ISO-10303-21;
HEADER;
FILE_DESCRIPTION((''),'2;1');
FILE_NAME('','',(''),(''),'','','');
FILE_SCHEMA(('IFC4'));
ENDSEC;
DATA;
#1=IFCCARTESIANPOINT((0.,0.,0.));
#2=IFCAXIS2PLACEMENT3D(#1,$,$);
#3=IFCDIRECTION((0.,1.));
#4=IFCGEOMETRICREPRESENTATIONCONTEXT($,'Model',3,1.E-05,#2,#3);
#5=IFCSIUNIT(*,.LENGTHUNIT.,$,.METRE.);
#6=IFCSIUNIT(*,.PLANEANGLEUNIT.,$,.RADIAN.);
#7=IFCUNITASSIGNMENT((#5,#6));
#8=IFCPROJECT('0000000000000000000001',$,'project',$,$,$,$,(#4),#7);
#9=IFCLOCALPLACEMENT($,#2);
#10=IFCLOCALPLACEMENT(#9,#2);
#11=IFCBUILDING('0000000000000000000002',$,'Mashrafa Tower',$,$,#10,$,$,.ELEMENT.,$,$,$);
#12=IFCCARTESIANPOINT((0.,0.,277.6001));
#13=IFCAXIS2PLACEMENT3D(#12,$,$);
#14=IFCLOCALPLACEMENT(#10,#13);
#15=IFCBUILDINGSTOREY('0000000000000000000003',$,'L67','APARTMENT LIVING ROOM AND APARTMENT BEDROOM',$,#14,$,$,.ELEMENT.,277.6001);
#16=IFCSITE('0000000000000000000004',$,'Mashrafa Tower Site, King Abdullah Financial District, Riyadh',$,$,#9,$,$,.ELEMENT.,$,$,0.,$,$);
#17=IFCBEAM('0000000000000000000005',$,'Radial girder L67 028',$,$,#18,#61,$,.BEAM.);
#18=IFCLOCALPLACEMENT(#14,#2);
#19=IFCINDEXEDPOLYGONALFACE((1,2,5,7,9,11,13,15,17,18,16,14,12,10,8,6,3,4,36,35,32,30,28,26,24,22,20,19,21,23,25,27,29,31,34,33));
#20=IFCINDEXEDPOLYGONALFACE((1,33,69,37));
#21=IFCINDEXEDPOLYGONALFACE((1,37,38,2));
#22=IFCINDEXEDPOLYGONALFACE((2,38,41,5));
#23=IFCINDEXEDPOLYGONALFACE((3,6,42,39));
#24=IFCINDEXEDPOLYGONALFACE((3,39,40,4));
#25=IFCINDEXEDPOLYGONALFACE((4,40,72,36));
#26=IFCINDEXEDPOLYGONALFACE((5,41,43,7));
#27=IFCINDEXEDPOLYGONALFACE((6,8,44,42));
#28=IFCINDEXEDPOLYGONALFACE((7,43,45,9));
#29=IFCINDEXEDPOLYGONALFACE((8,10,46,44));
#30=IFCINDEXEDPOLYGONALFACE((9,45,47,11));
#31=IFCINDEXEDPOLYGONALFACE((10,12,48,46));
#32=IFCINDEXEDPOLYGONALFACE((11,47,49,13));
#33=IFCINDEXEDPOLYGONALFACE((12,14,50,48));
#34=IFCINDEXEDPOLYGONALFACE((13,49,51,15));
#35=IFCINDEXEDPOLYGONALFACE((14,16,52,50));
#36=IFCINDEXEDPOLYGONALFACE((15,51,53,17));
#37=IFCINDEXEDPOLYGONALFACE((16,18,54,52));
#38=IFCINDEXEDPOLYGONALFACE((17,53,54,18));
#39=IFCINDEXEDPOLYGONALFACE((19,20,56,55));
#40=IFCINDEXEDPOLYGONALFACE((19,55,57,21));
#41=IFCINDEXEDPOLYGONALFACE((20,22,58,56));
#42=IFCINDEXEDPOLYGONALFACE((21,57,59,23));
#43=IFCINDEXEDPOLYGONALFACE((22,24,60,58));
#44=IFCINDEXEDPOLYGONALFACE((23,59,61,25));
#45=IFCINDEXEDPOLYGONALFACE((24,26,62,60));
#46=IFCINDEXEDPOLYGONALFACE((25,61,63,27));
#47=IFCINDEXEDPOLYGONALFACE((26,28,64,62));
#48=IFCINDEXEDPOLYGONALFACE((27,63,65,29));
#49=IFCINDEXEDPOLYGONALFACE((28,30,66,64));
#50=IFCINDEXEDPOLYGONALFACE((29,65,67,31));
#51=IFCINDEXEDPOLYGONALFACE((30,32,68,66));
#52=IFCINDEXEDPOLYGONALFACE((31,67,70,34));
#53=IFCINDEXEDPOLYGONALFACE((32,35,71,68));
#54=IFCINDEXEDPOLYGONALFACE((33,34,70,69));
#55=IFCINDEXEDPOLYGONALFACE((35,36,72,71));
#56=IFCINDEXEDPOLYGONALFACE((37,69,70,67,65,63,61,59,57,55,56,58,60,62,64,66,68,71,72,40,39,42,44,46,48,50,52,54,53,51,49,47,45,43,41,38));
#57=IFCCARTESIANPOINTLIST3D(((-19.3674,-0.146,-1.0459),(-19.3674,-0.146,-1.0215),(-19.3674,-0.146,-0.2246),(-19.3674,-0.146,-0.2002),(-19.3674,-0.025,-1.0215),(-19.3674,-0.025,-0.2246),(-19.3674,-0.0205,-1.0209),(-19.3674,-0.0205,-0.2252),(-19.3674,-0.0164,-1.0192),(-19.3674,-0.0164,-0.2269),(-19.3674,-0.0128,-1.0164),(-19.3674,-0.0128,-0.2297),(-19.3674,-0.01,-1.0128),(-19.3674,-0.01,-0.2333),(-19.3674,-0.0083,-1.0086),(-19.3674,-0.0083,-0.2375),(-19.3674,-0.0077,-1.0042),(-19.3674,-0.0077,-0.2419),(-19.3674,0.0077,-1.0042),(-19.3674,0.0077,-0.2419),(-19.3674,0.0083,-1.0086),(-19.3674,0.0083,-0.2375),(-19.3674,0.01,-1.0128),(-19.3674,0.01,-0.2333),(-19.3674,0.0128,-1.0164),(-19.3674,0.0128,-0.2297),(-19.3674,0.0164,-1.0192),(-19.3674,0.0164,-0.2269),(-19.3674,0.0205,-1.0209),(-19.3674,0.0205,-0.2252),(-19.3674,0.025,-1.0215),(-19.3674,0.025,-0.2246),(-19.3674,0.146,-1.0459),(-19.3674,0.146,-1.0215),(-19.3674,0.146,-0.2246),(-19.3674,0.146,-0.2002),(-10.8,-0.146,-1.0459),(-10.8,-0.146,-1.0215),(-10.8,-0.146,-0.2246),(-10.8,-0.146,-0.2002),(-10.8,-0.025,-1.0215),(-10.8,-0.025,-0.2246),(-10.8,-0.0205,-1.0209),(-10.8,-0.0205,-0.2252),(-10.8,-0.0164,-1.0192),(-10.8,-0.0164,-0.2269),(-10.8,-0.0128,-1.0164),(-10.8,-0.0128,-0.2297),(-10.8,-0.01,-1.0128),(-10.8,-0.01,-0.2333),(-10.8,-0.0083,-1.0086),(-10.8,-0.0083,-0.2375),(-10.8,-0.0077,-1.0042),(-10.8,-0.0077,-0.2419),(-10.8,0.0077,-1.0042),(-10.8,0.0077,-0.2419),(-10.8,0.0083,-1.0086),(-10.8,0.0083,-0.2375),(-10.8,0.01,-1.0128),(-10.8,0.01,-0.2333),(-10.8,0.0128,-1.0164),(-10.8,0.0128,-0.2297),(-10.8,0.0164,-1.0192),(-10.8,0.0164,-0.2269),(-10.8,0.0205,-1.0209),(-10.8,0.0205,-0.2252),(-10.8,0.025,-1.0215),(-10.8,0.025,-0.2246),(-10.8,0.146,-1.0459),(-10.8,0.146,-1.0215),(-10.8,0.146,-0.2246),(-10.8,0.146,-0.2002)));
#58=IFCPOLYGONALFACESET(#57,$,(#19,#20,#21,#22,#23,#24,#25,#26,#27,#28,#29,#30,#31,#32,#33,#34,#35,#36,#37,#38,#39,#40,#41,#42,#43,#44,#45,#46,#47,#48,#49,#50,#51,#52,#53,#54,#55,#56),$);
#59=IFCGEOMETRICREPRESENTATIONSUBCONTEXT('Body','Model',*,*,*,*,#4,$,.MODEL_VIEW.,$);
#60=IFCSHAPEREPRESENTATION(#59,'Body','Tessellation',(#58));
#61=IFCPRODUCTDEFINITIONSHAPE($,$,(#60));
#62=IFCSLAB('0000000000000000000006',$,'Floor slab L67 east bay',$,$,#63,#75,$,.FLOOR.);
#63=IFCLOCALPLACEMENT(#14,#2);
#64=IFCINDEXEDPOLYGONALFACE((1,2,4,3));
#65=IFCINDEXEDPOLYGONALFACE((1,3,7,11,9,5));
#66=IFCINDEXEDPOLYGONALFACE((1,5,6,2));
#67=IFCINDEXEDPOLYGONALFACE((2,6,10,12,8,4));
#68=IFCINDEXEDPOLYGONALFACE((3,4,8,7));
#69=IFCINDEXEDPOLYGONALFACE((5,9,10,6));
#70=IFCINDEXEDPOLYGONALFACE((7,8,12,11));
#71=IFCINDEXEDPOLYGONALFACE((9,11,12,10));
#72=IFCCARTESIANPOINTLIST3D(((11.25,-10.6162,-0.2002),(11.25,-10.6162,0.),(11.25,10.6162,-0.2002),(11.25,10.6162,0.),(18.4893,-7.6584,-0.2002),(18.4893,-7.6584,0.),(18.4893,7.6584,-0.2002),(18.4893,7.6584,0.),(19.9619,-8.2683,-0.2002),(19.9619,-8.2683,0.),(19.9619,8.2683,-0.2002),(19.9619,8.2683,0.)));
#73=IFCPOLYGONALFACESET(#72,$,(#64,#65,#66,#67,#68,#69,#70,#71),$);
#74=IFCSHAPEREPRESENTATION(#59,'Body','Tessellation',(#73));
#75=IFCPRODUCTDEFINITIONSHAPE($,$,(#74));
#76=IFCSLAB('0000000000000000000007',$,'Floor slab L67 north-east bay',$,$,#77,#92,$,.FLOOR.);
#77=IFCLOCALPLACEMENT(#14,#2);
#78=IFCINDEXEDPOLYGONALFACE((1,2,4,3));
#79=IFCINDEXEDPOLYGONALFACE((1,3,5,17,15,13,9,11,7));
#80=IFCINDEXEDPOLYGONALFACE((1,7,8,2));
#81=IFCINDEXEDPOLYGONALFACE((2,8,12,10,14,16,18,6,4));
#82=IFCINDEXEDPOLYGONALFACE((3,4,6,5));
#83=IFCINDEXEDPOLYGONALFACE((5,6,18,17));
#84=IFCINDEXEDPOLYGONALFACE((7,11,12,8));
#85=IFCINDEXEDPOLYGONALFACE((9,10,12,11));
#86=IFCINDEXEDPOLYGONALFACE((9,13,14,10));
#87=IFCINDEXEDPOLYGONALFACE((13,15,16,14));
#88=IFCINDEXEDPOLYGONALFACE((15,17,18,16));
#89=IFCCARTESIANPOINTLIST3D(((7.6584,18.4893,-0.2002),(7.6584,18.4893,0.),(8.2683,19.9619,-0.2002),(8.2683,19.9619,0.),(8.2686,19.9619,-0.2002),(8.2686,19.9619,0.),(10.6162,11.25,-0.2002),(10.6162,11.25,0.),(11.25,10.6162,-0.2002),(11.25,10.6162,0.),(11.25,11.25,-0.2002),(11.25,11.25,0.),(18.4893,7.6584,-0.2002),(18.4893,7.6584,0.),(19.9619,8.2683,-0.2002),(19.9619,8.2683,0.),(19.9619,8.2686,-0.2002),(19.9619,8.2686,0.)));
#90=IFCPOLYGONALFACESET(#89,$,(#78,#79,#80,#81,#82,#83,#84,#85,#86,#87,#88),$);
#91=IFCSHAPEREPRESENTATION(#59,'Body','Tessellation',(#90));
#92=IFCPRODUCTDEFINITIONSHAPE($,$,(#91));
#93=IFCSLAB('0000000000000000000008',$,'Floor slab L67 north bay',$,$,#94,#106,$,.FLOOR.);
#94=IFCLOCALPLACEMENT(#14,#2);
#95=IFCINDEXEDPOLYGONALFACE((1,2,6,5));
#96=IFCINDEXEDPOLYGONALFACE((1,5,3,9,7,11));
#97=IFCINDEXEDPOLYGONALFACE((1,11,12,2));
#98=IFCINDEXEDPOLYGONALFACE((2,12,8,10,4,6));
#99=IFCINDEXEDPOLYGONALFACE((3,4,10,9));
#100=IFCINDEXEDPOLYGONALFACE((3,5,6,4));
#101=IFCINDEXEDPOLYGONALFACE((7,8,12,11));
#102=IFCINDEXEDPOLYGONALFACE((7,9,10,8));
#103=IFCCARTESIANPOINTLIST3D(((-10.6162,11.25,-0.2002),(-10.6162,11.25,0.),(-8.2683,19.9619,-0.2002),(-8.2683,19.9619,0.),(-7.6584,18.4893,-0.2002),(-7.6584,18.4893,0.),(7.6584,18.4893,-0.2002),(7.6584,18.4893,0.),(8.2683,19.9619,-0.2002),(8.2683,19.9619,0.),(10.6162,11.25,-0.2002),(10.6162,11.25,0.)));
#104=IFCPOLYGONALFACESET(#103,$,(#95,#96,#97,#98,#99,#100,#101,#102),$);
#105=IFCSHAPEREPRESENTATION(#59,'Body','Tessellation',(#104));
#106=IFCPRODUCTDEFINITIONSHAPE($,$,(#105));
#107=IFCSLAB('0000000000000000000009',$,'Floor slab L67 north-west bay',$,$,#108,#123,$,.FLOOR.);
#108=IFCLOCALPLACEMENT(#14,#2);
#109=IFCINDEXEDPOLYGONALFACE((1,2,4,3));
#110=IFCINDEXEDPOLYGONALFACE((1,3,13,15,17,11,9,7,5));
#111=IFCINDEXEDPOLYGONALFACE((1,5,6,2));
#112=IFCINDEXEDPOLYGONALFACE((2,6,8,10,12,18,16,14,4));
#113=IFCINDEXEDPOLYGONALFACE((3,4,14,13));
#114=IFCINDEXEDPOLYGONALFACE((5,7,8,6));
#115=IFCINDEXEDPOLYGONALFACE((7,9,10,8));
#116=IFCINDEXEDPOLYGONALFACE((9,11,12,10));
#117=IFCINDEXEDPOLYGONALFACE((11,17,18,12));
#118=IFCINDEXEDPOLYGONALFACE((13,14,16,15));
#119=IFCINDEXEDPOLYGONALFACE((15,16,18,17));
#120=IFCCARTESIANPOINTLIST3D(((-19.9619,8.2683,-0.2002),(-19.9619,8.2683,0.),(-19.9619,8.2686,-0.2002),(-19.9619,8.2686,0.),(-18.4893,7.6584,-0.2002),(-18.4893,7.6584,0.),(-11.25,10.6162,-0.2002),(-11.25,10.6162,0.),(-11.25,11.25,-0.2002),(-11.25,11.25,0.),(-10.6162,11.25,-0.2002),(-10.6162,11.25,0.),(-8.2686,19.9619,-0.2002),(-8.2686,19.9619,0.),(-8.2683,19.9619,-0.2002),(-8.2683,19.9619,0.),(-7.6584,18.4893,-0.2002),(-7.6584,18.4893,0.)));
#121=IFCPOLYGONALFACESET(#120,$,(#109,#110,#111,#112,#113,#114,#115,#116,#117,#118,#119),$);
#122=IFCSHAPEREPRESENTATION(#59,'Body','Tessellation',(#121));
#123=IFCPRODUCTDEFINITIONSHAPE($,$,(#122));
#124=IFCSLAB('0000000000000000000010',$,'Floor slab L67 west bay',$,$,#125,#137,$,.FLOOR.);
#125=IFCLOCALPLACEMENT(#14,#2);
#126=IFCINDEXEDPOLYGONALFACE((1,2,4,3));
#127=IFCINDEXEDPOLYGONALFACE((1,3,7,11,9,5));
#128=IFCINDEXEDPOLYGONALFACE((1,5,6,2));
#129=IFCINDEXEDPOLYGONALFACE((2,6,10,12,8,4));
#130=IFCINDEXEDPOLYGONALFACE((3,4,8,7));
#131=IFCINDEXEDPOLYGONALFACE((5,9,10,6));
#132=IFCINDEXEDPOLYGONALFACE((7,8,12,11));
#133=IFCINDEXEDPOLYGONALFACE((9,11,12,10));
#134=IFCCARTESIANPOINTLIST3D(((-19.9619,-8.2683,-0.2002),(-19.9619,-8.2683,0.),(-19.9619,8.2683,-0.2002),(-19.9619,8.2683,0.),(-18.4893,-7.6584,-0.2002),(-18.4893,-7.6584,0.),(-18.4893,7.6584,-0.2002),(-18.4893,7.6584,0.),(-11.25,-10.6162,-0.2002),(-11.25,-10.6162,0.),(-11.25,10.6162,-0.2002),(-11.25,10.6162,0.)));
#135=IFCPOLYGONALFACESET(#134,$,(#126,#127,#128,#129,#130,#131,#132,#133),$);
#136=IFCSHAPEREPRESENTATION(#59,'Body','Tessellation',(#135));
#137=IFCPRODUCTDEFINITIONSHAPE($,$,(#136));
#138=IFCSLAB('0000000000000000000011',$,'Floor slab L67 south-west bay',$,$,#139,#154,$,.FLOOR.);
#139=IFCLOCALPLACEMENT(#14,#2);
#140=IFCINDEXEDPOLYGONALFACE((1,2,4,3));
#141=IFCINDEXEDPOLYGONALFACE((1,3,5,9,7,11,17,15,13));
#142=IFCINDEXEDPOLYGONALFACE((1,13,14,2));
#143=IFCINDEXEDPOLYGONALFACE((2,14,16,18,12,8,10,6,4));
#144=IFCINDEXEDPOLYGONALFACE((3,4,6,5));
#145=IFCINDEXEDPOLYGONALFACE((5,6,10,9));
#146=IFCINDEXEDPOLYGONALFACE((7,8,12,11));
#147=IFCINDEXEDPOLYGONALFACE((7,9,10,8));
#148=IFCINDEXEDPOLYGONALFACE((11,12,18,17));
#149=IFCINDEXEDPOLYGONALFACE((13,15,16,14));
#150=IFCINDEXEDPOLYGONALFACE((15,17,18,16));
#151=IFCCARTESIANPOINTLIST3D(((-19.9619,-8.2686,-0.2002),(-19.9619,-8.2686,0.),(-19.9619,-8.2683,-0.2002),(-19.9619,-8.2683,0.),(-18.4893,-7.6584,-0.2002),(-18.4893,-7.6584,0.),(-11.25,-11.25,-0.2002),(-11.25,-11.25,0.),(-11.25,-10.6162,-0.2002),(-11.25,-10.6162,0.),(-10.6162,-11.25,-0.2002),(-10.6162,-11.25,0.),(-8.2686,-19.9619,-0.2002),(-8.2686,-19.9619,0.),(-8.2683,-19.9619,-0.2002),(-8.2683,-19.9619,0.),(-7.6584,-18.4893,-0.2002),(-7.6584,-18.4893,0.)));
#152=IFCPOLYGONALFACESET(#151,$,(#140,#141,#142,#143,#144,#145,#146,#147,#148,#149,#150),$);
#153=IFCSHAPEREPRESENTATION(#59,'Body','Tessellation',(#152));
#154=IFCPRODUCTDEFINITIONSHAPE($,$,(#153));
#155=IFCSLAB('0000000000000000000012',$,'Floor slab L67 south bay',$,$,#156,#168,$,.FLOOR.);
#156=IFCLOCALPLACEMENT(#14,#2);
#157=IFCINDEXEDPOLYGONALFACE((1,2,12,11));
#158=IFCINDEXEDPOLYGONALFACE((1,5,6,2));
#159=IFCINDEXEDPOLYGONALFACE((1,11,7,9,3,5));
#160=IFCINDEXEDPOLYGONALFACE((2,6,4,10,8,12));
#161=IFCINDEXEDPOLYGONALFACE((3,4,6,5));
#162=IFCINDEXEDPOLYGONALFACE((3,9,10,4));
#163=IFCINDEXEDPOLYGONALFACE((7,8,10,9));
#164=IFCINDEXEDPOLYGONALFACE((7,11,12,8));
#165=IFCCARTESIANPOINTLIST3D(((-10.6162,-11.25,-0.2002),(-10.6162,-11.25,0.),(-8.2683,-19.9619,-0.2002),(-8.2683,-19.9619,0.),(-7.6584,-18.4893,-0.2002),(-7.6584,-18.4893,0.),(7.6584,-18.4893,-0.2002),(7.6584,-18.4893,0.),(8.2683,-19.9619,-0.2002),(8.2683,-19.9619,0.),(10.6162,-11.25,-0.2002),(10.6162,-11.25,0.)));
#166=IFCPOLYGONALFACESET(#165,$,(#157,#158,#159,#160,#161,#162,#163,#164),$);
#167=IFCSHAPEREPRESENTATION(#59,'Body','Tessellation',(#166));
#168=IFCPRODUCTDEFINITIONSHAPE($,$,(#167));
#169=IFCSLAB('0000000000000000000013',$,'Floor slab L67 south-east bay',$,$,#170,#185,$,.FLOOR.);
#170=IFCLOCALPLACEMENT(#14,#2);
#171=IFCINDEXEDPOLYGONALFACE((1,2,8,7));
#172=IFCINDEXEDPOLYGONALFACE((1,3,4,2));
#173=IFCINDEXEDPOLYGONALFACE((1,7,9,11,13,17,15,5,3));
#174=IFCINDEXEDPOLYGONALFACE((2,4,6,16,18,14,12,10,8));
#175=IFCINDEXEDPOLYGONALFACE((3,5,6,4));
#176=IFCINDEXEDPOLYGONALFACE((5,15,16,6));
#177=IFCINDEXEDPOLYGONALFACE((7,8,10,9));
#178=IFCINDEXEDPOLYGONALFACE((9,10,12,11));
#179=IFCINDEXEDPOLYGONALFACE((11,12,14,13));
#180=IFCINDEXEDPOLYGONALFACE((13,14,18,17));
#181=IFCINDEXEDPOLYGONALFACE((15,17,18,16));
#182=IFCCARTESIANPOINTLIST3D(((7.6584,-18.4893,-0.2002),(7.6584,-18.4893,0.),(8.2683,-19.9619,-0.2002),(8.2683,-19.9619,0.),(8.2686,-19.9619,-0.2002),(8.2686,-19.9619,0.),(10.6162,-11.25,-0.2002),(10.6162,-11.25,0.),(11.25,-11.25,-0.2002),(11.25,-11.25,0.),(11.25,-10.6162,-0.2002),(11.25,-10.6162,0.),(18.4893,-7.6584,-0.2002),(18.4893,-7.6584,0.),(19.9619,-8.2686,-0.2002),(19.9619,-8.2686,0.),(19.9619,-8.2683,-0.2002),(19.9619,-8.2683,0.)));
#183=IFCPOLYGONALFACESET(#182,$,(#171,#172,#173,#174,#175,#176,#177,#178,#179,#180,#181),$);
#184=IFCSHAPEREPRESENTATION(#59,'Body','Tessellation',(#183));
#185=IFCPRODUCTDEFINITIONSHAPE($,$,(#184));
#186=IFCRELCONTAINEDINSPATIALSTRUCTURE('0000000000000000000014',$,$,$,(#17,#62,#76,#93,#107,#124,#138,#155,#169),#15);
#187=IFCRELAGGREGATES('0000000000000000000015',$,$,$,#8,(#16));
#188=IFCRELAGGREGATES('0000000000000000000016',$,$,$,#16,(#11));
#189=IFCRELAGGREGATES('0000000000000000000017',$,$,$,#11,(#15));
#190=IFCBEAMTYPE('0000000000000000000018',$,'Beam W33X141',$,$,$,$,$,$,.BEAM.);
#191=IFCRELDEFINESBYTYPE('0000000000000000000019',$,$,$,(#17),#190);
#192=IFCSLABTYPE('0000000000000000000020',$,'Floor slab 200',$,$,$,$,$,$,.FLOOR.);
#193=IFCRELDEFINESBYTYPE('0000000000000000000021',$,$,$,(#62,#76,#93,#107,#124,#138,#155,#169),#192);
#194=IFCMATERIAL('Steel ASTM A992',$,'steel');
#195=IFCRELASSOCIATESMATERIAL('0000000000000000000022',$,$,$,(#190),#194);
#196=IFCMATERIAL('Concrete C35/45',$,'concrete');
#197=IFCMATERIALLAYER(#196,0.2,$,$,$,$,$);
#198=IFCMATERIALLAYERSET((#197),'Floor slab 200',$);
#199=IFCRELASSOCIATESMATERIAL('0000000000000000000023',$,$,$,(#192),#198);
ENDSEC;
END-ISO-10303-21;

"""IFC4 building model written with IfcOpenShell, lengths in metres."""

from ifc_helpers import new_model, si_unit, direction, frame, origin, origin_2d, place, context, subcontext, project, spatial, polyline, i_section, outline, extrude, material, layer, layer_set, material_profile, profile_set, type_object, element, save


model = new_model("IFC4")

# Units and contexts
model_context = context("Model", 3, precision=1e-05, world=origin(), true_north=direction((0.0, 1.0)))
body_context = subcontext(model_context, "Body", "Model", "MODEL_VIEW")
ifc_project = project(units=[si_unit("LENGTHUNIT", "METRE"), si_unit("PLANEANGLEUNIT", "RADIAN")], contexts=[model_context])

# Site, building, storey
site_placement = place(None, origin())
site = spatial("IfcSite", under=ifc_project, at=site_placement, Name="Mashrafa Tower Site, King Abdullah Financial District, Riyadh", CompositionType="ELEMENT", RefElevation=0.0)
building_placement = place(site_placement, origin())
building = spatial("IfcBuilding", under=site, at=building_placement, Name="Mashrafa Tower", CompositionType="ELEMENT")
storey_placement = place(building_placement, frame((0.0, 0.0, 277.6001)))
storey = spatial("IfcBuildingStorey", under=building, at=storey_placement, Name="L67", Description="APARTMENT LIVING ROOM AND APARTMENT BEDROOM", CompositionType="ELEMENT", Elevation=277.6001)

# Beam
ifc_material_1 = material(Name="Steel ASTM A992", Category="steel")
ifc_material_profile = material_profile(ifc_material_1, i_section(OverallWidth=0.292, OverallDepth=0.8457, WebThickness=0.0154, FlangeThickness=0.0244, FilletRadius=0.0173, at=origin_2d()), Name="W33X141")
ifc_profile_set = profile_set([ifc_material_profile], Name="Steel ASTM A992")
beam_type = type_object("IfcBeamType", Name="Beam W33X141", PredefinedType="BEAM", material=ifc_profile_set)
beam_placement = place(storey_placement, frame((-10.8, 0.0, -0.623), z_axis=(-1.0, 0.0, 0.0), x_axis=(0.0, -1.0, 0.0)))
element("IfcBeam", 1, at=beam_placement, inside=storey, type_object=beam_type, Name="Radial girder L67 028", PredefinedType="BEAM", context=body_context, shape_type="SweptSolid", body=[
    extrude(i_section(OverallWidth=0.292, OverallDepth=0.8457, WebThickness=0.0154, FlangeThickness=0.0244, FilletRadius=0.0173, at=origin_2d()), origin(), (0.0, 0.0, 1.0), 8.5674),
])

# Slabs
ifc_material_2 = material(Name="Concrete C35/45", Category="concrete")
ifc_layer_1 = layer(ifc_material_2, 0.2)
ifc_layer_set_1 = layer_set([ifc_layer_1], Name="Floor slab 200")
slab_type = type_object("IfcSlabType", Name="Floor slab 200", PredefinedType="FLOOR", material=ifc_layer_set_1)
slab_1_placement = place(storey_placement, frame((0.0, 0.0, -0.2002)))
element("IfcSlab", 2, at=slab_1_placement, inside=storey, type_object=slab_type, Name="Floor slab L67 east bay", PredefinedType="FLOOR", context=body_context, shape_type="SweptSolid", body=[
    extrude(outline(polyline([(19.9619, -8.2683), (18.4893, -7.6584), (11.25, -10.6162), (11.25, 10.6162), (18.4893, 7.6584), (19.9619, 8.2683), (19.9619, -8.2683)])), origin(), (0.0, 0.0, 1.0), 0.2002),
])
slab_2_placement = place(storey_placement, frame((0.0, 0.0, -0.2002)))
element("IfcSlab", 3, at=slab_2_placement, inside=storey, type_object=slab_type, Name="Floor slab L67 north-east bay", PredefinedType="FLOOR", context=body_context, shape_type="SweptSolid", body=[
    extrude(outline(polyline([(8.2686, 19.9619), (19.9619, 8.2686), (19.9619, 8.2683), (18.4893, 7.6584), (11.25, 10.6162), (11.25, 11.25), (10.6162, 11.25), (7.6584, 18.4893), (8.2683, 19.9619), (8.2686, 19.9619)])), origin(), (0.0, 0.0, 1.0), 0.2002),
])
slab_3_placement = place(storey_placement, frame((0.0, 0.0, -0.2002)))
element("IfcSlab", 4, at=slab_3_placement, inside=storey, type_object=slab_type, Name="Floor slab L67 north bay", PredefinedType="FLOOR", context=body_context, shape_type="SweptSolid", body=[
    extrude(outline(polyline([(8.2683, 19.9619), (7.6584, 18.4893), (10.6162, 11.25), (-10.6162, 11.25), (-7.6584, 18.4893), (-8.2683, 19.9619), (8.2683, 19.9619)])), origin(), (0.0, 0.0, 1.0), 0.2002),
])
slab_4_placement = place(storey_placement, frame((0.0, 0.0, -0.2002)))
element("IfcSlab", 5, at=slab_4_placement, inside=storey, type_object=slab_type, Name="Floor slab L67 north-west bay", PredefinedType="FLOOR", context=body_context, shape_type="SweptSolid", body=[
    extrude(outline(polyline([(-19.9619, 8.2686), (-8.2686, 19.9619), (-8.2683, 19.9619), (-7.6584, 18.4893), (-10.6162, 11.25), (-11.25, 11.25), (-11.25, 10.6162), (-18.4893, 7.6584), (-19.9619, 8.2683), (-19.9619, 8.2686)])), origin(), (0.0, 0.0, 1.0), 0.2002),
])
slab_5_placement = place(storey_placement, frame((0.0, 0.0, -0.2002)))
element("IfcSlab", 6, at=slab_5_placement, inside=storey, type_object=slab_type, Name="Floor slab L67 west bay", PredefinedType="FLOOR", context=body_context, shape_type="SweptSolid", body=[
    extrude(outline(polyline([(-19.9619, 8.2683), (-18.4893, 7.6584), (-11.25, 10.6162), (-11.25, -10.6162), (-18.4893, -7.6584), (-19.9619, -8.2683), (-19.9619, 8.2683)])), origin(), (0.0, 0.0, 1.0), 0.2002),
])
slab_6_placement = place(storey_placement, frame((0.0, 0.0, -0.2002)))
element("IfcSlab", 7, at=slab_6_placement, inside=storey, type_object=slab_type, Name="Floor slab L67 south-west bay", PredefinedType="FLOOR", context=body_context, shape_type="SweptSolid", body=[
    extrude(outline(polyline([(-8.2686, -19.9619), (-19.9619, -8.2686), (-19.9619, -8.2683), (-18.4893, -7.6584), (-11.25, -10.6162), (-11.25, -11.25), (-10.6162, -11.25), (-7.6584, -18.4893), (-8.2683, -19.9619), (-8.2686, -19.9619)])), origin(), (0.0, 0.0, 1.0), 0.2002),
])
slab_7_placement = place(storey_placement, frame((0.0, 0.0, -0.2002)))
element("IfcSlab", 8, at=slab_7_placement, inside=storey, type_object=slab_type, Name="Floor slab L67 south bay", PredefinedType="FLOOR", context=body_context, shape_type="SweptSolid", body=[
    extrude(outline(polyline([(-8.2683, -19.9619), (-7.6584, -18.4893), (-10.6162, -11.25), (10.6162, -11.25), (7.6584, -18.4893), (8.2683, -19.9619), (-8.2683, -19.9619)])), origin(), (0.0, 0.0, 1.0), 0.2002),
])
slab_8_placement = place(storey_placement, frame((0.0, 0.0, -0.2002)))
element("IfcSlab", 9, at=slab_8_placement, inside=storey, type_object=slab_type, Name="Floor slab L67 south-east bay", PredefinedType="FLOOR", context=body_context, shape_type="SweptSolid", body=[
    extrude(outline(polyline([(8.2683, -19.9619), (7.6584, -18.4893), (10.6162, -11.25), (11.25, -11.25), (11.25, -10.6162), (18.4893, -7.6584), (19.9619, -8.2683), (19.9619, -8.2686), (8.2686, -19.9619), (8.2683, -19.9619)])), origin(), (0.0, 0.0, 1.0), 0.2002),
])

save(model, "model.ifc")
